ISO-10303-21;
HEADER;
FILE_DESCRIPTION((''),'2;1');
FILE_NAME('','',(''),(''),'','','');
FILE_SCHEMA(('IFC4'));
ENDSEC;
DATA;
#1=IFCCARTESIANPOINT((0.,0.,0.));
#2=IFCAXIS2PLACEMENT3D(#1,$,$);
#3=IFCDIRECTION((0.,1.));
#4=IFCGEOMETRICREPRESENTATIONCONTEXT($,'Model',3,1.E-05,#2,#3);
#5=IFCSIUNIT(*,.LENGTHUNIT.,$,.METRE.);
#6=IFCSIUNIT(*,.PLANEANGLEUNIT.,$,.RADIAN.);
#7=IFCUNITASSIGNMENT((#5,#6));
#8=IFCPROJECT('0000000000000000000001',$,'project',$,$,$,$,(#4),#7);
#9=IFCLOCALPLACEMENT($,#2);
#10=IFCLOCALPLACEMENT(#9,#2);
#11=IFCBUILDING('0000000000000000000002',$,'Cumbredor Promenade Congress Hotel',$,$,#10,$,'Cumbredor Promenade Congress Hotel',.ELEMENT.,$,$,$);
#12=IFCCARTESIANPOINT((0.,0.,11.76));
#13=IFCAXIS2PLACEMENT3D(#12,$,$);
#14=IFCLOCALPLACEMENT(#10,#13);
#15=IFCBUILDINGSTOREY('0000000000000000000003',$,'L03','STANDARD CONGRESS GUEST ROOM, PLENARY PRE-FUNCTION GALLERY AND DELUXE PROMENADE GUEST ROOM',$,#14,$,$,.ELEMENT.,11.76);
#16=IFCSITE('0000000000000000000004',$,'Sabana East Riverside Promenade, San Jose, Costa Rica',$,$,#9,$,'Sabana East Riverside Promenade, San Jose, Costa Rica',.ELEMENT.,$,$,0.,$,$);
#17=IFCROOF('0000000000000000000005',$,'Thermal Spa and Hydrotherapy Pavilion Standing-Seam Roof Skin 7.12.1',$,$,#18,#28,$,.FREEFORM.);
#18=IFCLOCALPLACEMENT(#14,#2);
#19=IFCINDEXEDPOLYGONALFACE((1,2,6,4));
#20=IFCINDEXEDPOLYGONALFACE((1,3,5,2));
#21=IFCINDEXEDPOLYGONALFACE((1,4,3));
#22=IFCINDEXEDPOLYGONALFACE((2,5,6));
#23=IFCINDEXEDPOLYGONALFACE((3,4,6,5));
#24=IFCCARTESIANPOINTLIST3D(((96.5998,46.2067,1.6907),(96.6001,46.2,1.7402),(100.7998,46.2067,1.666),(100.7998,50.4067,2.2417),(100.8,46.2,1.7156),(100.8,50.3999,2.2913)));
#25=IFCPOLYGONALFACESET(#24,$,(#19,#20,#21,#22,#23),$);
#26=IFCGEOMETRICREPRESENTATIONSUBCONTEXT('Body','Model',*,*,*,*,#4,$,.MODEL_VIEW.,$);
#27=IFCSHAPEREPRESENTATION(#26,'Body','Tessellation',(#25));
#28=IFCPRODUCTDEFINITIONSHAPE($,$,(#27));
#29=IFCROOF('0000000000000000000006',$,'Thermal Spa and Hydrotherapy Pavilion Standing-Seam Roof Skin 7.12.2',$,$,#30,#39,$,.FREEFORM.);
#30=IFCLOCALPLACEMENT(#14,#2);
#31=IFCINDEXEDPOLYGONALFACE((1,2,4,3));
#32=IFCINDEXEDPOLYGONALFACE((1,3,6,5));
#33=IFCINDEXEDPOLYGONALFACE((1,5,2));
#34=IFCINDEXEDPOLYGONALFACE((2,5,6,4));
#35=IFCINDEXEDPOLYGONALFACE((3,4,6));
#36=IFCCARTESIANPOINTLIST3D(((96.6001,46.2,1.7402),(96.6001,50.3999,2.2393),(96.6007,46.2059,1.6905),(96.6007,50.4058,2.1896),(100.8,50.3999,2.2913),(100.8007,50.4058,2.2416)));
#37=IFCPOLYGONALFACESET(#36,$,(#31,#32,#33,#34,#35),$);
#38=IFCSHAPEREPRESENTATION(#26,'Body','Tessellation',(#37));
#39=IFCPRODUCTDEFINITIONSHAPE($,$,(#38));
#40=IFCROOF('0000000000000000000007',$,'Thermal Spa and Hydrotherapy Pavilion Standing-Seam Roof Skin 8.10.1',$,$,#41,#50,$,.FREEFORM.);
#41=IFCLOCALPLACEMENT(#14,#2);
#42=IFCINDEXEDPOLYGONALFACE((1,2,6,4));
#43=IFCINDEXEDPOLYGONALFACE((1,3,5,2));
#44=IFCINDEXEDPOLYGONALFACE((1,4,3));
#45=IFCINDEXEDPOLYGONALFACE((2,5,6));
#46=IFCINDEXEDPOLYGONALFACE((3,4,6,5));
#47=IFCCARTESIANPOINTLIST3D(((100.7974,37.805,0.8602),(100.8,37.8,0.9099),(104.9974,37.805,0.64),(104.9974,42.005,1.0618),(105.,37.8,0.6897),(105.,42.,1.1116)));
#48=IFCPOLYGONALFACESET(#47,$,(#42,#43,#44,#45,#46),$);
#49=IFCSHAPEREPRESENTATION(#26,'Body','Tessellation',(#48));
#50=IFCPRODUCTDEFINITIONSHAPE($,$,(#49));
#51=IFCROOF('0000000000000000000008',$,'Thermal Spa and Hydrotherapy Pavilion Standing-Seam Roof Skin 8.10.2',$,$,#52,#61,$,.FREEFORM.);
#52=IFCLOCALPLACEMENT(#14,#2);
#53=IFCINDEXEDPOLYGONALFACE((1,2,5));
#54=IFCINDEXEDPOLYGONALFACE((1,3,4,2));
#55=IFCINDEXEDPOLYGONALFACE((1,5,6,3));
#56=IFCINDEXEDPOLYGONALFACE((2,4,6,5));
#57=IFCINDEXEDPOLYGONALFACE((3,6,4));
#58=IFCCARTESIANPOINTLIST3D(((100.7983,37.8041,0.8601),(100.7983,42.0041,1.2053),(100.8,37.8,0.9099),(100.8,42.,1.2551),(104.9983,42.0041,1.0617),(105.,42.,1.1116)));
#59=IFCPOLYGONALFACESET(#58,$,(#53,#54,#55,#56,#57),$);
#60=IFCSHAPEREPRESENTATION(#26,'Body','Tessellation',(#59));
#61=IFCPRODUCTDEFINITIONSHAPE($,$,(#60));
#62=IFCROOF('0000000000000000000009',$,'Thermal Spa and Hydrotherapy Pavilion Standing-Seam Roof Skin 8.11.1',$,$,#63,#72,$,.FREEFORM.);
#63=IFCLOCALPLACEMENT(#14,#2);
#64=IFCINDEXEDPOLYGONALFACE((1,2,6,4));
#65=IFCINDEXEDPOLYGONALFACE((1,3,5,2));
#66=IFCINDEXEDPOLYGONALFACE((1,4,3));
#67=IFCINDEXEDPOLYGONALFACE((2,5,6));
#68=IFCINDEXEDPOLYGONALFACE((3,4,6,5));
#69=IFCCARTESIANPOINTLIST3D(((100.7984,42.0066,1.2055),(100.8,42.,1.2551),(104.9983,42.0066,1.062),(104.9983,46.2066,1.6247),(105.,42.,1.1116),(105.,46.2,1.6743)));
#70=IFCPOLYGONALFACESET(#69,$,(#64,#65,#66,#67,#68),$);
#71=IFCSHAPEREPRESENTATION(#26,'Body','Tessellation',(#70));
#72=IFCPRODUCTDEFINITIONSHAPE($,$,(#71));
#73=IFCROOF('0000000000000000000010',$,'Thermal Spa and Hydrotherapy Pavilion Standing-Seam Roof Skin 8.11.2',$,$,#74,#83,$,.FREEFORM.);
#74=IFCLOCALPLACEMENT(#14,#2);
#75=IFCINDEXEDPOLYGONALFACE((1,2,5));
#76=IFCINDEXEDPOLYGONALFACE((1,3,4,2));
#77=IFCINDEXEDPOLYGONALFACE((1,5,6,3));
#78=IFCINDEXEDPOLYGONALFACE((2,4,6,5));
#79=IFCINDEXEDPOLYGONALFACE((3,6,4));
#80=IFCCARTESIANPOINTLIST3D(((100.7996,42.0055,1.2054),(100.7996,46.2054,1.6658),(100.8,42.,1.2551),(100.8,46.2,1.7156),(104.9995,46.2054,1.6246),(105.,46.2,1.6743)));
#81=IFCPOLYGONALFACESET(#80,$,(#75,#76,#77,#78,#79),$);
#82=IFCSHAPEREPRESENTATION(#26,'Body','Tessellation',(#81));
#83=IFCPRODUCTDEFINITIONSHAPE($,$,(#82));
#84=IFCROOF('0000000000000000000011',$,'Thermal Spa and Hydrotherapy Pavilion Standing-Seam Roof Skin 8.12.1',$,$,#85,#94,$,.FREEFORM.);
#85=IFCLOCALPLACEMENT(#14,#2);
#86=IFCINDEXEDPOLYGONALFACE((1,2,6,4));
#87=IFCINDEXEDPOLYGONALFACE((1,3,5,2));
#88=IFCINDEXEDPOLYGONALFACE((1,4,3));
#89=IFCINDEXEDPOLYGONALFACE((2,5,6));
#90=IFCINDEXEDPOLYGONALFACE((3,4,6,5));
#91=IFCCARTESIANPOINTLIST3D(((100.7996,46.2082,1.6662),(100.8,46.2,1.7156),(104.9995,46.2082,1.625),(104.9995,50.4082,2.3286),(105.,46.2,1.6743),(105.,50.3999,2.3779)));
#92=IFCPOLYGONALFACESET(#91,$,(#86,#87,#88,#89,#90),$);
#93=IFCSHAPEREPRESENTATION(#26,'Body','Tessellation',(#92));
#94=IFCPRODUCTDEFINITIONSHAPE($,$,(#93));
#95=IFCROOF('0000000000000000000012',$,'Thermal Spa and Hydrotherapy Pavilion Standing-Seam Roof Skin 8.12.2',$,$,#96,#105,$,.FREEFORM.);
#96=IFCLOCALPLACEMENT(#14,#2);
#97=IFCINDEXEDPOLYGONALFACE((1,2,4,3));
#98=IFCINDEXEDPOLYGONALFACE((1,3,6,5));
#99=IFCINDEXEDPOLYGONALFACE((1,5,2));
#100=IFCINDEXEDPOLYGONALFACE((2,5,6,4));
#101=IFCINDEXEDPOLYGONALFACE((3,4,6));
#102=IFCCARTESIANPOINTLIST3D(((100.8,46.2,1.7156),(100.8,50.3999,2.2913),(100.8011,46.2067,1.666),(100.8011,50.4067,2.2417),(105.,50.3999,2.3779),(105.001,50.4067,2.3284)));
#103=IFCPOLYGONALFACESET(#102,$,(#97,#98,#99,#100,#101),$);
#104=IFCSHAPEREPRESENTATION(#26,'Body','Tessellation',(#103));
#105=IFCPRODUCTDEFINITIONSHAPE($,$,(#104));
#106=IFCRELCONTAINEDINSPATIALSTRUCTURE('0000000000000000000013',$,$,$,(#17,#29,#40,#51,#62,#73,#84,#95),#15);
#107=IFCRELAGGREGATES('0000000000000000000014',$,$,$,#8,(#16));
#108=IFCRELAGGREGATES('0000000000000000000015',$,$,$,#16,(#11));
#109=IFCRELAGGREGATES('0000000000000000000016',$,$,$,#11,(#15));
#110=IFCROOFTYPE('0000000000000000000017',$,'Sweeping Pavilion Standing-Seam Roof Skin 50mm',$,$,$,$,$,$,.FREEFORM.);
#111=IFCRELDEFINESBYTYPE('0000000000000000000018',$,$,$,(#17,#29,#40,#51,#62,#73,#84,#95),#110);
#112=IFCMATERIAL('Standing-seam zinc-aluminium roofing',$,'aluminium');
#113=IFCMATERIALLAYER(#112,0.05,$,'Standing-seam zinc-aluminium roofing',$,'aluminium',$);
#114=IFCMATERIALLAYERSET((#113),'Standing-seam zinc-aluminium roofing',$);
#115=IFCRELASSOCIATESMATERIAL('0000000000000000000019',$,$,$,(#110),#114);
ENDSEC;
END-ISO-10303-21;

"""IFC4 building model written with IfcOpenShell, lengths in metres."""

from ifc_helpers import new_model, si_unit, direction, frame, origin, place, context, subcontext, project, spatial, polyline, outline, extrude, material, layer, layer_set, type_object, element, save


model = new_model("IFC4")

# Units and contexts
model_context = context("Model", 3, precision=1e-05, world=origin(), true_north=direction((0.0, 1.0)))
body_context = subcontext(model_context, "Body", "Model", "MODEL_VIEW")
ifc_project = project(units=[si_unit("LENGTHUNIT", "METRE"), si_unit("PLANEANGLEUNIT", "RADIAN")], contexts=[model_context])

# Site, building, storey
site_placement = place(None, origin())
site = spatial("IfcSite", under=ifc_project, at=site_placement, Name="Sabana East Riverside Promenade, San Jose, Costa Rica", LongName="Sabana East Riverside Promenade, San Jose, Costa Rica", CompositionType="ELEMENT", RefElevation=0.0)
building_placement = place(site_placement, origin())
building = spatial("IfcBuilding", under=site, at=building_placement, Name="Cumbredor Promenade Congress Hotel", LongName="Cumbredor Promenade Congress Hotel", CompositionType="ELEMENT")
storey_placement = place(building_placement, frame((0.0, 0.0, 11.76)))
storey = spatial("IfcBuildingStorey", under=building, at=storey_placement, Name="L03", Description="STANDARD CONGRESS GUEST ROOM, PLENARY PRE-FUNCTION GALLERY AND DELUXE PROMENADE GUEST ROOM", CompositionType="ELEMENT", Elevation=11.76)

# Roofs
ifc_material_1 = material(Name="Standing-seam zinc-aluminium roofing", Category="aluminium")
ifc_layer_1 = layer(ifc_material_1, 0.05, Name="Standing-seam zinc-aluminium roofing", Category="aluminium")
ifc_layer_set_1 = layer_set([ifc_layer_1], Name="Standing-seam zinc-aluminium roofing")
roof_type = type_object("IfcRoofType", Name="Sweeping Pavilion Standing-Seam Roof Skin 50mm", PredefinedType="FREEFORM", material=ifc_layer_set_1)
roof_1_placement = place(storey_placement, frame((96.6001, 46.2, 1.7402), z_axis=(0.005817, -0.135797, 0.99072), x_axis=(0.999983, 0.0, -0.005871)))
element("IfcRoof", 1, at=roof_1_placement, inside=storey, type_object=roof_type, Name="Thermal Spa and Hydrotherapy Pavilion Standing-Seam Roof Skin 7.12.1", PredefinedType="FREEFORM", context=body_context, shape_type="SweptSolid", body=[
    extrude(outline(polyline([(0.0, 0.0), (4.2, 0.0), (4.1966, 4.2392), (0.0, 0.0)])), origin(), (0.0, 0.0, -1.0), 0.05),
])
roof_2_placement = place(storey_placement, frame((96.6001, 46.2, 1.7402), z_axis=(-0.012294, -0.117978, 0.99294), x_axis=(0.704083, 0.704083, 0.092374)))
element("IfcRoof", 2, at=roof_2_placement, inside=storey, type_object=roof_type, Name="Thermal Spa and Hydrotherapy Pavilion Standing-Seam Roof Skin 7.12.2", PredefinedType="FREEFORM", context=body_context, shape_type="SweptSolid", body=[
    extrude(outline(polyline([(0.0, 0.0), (5.9651, 0.0), (3.0032, 2.9781), (0.0, 0.0)])), origin(), (0.0, 0.0, -1.0), 0.05),
])
roof_3_placement = place(storey_placement, frame((100.8, 37.8, 0.9099), z_axis=(0.052099, -0.099809, 0.993642), x_axis=(0.998628, 0.0, -0.052361)))
element("IfcRoof", 3, at=roof_3_placement, inside=storey, type_object=roof_type, Name="Thermal Spa and Hydrotherapy Pavilion Standing-Seam Roof Skin 8.10.1", PredefinedType="FREEFORM", context=body_context, shape_type="SweptSolid", body=[
    extrude(outline(polyline([(0.0, 0.0), (4.2057, 0.0), (4.1836, 4.221), (0.0, 0.0)])), origin(), (0.0, 0.0, -1.0), 0.05),
])
roof_4_placement = place(storey_placement, frame((100.8, 37.8, 0.9099), z_axis=(0.034045, -0.081871, 0.996061), x_axis=(0.7067, 0.7067, 0.033932)))
element("IfcRoof", 4, at=roof_4_placement, inside=storey, type_object=roof_type, Name="Thermal Spa and Hydrotherapy Pavilion Standing-Seam Roof Skin 8.10.2", PredefinedType="FREEFORM", context=body_context, shape_type="SweptSolid", body=[
    extrude(outline(polyline([(0.0, 0.0), (5.9431, 0.0), (2.9798, 2.9798), (0.0, 0.0)])), origin(), (0.0, 0.0, -1.0), 0.05),
])
roof_5_placement = place(storey_placement, frame((100.8, 42.0, 1.2551), z_axis=(0.033858, -0.132725, 0.990574), x_axis=(0.999416, 0.0, -0.03416)))
element("IfcRoof", 5, at=roof_5_placement, inside=storey, type_object=roof_type, Name="Thermal Spa and Hydrotherapy Pavilion Standing-Seam Roof Skin 8.11.1", PredefinedType="FREEFORM", context=body_context, shape_type="SweptSolid", body=[
    extrude(outline(polyline([(0.0, 0.0), (4.2024, 0.0), (4.1832, 4.2374), (0.0, 0.0)])), origin(), (0.0, 0.0, -1.0), 0.05),
])
roof_6_placement = place(storey_placement, frame((100.8, 42.0, 1.2551), z_axis=(0.009765, -0.108974, 0.993997), x_axis=(0.705352, 0.705352, 0.0704)))
element("IfcRoof", 6, at=roof_6_placement, inside=storey, type_object=roof_type, Name="Thermal Spa and Hydrotherapy Pavilion Standing-Seam Roof Skin 8.11.2", PredefinedType="FREEFORM", context=body_context, shape_type="SweptSolid", body=[
    extrude(outline(polyline([(0.0, 0.0), (5.9544, 0.0), (2.9949, 2.9803), (0.0, 0.0)])), origin(), (0.0, 0.0, -1.0), 0.05),
])
roof_7_placement = place(storey_placement, frame((100.8, 46.2, 1.7156), z_axis=(0.009688, -0.165219, 0.986209), x_axis=(0.999952, 0.0, -0.009823)))
element("IfcRoof", 7, at=roof_7_placement, inside=storey, type_object=roof_type, Name="Thermal Spa and Hydrotherapy Pavilion Standing-Seam Roof Skin 8.12.1", PredefinedType="FREEFORM", context=body_context, shape_type="SweptSolid", body=[
    extrude(outline(polyline([(0.0, 0.0), (4.2002, 0.0), (4.1932, 4.2585), (0.0, 0.0)])), origin(), (0.0, 0.0, -1.0), 0.05),
])
roof_8_placement = place(storey_placement, frame((100.8, 46.2, 1.7156), z_axis=(-0.020441, -0.135771, 0.990529), x_axis=(0.702751, 0.702751, 0.110827)))
element("IfcRoof", 8, at=roof_8_placement, inside=storey, type_object=roof_type, Name="Thermal Spa and Hydrotherapy Pavilion Standing-Seam Roof Skin 8.12.2", PredefinedType="FREEFORM", context=body_context, shape_type="SweptSolid", body=[
    extrude(outline(polyline([(0.0, 0.0), (5.9764, 0.0), (3.0153, 2.9797), (0.0, 0.0)])), origin(), (0.0, 0.0, -1.0), 0.05),
])

save(model, "model.ifc")
